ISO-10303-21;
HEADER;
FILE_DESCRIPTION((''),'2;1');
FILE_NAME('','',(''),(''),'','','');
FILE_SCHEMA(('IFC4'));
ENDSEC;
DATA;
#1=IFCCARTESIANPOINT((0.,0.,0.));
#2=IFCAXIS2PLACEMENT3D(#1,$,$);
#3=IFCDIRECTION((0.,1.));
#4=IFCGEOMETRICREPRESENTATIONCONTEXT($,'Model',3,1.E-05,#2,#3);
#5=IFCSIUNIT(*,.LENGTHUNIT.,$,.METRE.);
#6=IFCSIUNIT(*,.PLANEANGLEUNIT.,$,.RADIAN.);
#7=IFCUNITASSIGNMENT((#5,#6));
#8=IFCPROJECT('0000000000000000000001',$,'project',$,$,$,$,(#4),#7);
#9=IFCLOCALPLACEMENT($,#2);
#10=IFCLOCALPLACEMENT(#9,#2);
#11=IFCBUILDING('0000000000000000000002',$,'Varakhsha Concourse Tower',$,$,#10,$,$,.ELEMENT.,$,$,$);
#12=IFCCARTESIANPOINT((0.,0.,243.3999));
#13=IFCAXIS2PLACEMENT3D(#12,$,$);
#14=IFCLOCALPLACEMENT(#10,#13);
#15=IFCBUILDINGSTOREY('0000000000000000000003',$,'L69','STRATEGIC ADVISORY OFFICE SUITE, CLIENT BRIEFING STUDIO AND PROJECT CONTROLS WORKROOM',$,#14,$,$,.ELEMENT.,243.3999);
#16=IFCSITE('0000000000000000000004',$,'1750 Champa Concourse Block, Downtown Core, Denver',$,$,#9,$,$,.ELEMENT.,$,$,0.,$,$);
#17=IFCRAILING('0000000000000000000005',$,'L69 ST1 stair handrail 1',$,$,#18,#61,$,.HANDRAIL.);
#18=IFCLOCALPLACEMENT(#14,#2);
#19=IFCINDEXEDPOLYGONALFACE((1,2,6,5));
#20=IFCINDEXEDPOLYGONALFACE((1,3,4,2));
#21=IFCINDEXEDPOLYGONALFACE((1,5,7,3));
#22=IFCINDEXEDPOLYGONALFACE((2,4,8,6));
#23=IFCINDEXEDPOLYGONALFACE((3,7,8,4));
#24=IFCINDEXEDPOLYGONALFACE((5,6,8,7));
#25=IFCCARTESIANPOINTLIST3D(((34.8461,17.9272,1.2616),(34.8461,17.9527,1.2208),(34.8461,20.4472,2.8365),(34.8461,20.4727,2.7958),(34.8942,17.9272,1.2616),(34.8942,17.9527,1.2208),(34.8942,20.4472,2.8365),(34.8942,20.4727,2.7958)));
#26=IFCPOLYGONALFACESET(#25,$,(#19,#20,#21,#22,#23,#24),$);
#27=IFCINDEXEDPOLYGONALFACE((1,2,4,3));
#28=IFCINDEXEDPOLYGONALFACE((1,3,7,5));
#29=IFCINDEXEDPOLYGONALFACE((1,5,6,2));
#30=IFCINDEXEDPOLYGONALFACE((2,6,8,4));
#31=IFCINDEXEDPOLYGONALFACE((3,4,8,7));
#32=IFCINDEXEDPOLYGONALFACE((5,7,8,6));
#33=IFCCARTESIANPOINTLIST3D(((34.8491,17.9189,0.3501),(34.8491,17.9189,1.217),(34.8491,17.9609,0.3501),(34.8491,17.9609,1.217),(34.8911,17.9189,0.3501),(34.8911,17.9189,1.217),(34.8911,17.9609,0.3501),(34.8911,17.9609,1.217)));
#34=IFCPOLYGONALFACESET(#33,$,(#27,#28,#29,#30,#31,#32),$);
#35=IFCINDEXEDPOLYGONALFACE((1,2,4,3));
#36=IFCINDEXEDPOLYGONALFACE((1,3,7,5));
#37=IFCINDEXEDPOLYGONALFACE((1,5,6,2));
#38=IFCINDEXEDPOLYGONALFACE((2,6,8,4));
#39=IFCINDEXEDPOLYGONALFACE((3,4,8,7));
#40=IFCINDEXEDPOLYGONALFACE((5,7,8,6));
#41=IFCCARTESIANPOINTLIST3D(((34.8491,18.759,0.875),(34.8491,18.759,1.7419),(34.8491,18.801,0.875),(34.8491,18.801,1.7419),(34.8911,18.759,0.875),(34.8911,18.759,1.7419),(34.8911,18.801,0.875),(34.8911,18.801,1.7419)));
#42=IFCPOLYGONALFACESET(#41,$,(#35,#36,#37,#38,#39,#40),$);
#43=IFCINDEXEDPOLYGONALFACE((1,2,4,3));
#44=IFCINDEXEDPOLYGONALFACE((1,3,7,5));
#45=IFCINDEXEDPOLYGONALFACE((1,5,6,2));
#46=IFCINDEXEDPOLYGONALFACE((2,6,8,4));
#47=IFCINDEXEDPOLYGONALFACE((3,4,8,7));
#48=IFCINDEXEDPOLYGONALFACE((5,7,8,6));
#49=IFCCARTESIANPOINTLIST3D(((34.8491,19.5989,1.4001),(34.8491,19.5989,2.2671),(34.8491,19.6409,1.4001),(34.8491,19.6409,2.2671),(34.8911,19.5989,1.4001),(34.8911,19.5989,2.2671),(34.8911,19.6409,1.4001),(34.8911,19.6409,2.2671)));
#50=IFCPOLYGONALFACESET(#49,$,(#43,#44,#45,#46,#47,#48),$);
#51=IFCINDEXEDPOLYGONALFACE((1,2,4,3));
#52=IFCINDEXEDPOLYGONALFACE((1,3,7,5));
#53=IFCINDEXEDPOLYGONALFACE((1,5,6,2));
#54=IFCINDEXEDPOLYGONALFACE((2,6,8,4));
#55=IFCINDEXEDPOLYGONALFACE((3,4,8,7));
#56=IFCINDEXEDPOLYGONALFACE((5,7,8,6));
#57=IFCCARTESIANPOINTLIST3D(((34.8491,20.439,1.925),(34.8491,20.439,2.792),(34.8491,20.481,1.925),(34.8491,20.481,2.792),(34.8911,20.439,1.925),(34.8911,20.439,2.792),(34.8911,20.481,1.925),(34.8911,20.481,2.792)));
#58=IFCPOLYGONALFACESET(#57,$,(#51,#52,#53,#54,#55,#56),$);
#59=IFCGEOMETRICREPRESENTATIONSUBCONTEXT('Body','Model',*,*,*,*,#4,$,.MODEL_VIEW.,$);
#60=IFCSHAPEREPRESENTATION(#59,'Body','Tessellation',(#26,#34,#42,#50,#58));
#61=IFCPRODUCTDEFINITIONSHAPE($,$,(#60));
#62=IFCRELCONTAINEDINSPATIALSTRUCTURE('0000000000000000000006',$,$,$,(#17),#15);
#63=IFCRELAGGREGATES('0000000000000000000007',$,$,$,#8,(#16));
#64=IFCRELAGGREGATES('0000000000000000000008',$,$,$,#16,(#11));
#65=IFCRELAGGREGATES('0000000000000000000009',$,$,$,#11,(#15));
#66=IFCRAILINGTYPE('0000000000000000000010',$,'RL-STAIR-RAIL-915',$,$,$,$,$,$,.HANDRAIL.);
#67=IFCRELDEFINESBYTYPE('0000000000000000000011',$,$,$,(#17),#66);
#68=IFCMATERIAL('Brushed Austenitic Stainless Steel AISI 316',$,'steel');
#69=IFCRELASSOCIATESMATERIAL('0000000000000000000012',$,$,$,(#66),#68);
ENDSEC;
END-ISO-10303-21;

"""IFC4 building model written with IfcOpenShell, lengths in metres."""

from ifc_helpers import new_model, si_unit, direction, frame, origin, origin_2d, place, context, subcontext, project, spatial, rectangle, extrude, material, type_object, element, save


model = new_model("IFC4")

# Units and contexts
model_context = context("Model", 3, precision=1e-05, world=origin(), true_north=direction((0.0, 1.0)))
body_context = subcontext(model_context, "Body", "Model", "MODEL_VIEW")
ifc_project = project(units=[si_unit("LENGTHUNIT", "METRE"), si_unit("PLANEANGLEUNIT", "RADIAN")], contexts=[model_context])

# Site, building, storey
site_placement = place(None, origin())
site = spatial("IfcSite", under=ifc_project, at=site_placement, Name="1750 Champa Concourse Block, Downtown Core, Denver", CompositionType="ELEMENT", RefElevation=0.0)
building_placement = place(site_placement, origin())
building = spatial("IfcBuilding", under=site, at=building_placement, Name="Varakhsha Concourse Tower", CompositionType="ELEMENT")
storey_placement = place(building_placement, frame((0.0, 0.0, 243.3999)))
storey = spatial("IfcBuildingStorey", under=building, at=storey_placement, Name="L69", Description="STRATEGIC ADVISORY OFFICE SUITE, CLIENT BRIEFING STUDIO AND PROJECT CONTROLS WORKROOM", CompositionType="ELEMENT", Elevation=243.3999)

# Railing
ifc_material_1 = material(Name="Brushed Austenitic Stainless Steel AISI 316", Category="steel")
railing_type_1 = type_object("IfcRailingType", Name="RL-STAIR-RAIL-915", PredefinedType="HANDRAIL", material=ifc_material_1)
railing_1_placement = place(storey_placement, frame((34.8701, 17.9399, 0.3501)))
element("IfcRailing", 1, at=railing_1_placement, inside=storey, type_object=railing_type_1, Name="L69 ST1 stair handrail 1", PredefinedType="HANDRAIL", context=body_context, shape_type="SweptSolid", body=[
    extrude(rectangle(XDim=0.0481, YDim=0.0481, at=origin_2d()), frame((0.0, 0.0, 0.8911), z_axis=(0.0, 0.848008, 0.529984), x_axis=(-1.0, 0.0, 0.0)), (0.0, 0.0, 1.0), 2.9717),
    extrude(rectangle(XDim=0.042, YDim=0.042, at=origin_2d()), origin(), (0.0, 0.0, 1.0), 0.8669),
    extrude(rectangle(XDim=0.042, YDim=0.042, at=origin_2d()), frame((0.0, 0.8401, 0.5249)), (0.0, 0.0, 1.0), 0.8669),
    extrude(rectangle(XDim=0.042, YDim=0.042, at=origin_2d()), frame((0.0, 1.6799, 1.05)), (0.0, 0.0, 1.0), 0.8669),
    extrude(rectangle(XDim=0.042, YDim=0.042, at=origin_2d()), frame((0.0, 2.52, 1.575)), (0.0, 0.0, 1.0), 0.8669),
])

save(model, "model.ifc")
